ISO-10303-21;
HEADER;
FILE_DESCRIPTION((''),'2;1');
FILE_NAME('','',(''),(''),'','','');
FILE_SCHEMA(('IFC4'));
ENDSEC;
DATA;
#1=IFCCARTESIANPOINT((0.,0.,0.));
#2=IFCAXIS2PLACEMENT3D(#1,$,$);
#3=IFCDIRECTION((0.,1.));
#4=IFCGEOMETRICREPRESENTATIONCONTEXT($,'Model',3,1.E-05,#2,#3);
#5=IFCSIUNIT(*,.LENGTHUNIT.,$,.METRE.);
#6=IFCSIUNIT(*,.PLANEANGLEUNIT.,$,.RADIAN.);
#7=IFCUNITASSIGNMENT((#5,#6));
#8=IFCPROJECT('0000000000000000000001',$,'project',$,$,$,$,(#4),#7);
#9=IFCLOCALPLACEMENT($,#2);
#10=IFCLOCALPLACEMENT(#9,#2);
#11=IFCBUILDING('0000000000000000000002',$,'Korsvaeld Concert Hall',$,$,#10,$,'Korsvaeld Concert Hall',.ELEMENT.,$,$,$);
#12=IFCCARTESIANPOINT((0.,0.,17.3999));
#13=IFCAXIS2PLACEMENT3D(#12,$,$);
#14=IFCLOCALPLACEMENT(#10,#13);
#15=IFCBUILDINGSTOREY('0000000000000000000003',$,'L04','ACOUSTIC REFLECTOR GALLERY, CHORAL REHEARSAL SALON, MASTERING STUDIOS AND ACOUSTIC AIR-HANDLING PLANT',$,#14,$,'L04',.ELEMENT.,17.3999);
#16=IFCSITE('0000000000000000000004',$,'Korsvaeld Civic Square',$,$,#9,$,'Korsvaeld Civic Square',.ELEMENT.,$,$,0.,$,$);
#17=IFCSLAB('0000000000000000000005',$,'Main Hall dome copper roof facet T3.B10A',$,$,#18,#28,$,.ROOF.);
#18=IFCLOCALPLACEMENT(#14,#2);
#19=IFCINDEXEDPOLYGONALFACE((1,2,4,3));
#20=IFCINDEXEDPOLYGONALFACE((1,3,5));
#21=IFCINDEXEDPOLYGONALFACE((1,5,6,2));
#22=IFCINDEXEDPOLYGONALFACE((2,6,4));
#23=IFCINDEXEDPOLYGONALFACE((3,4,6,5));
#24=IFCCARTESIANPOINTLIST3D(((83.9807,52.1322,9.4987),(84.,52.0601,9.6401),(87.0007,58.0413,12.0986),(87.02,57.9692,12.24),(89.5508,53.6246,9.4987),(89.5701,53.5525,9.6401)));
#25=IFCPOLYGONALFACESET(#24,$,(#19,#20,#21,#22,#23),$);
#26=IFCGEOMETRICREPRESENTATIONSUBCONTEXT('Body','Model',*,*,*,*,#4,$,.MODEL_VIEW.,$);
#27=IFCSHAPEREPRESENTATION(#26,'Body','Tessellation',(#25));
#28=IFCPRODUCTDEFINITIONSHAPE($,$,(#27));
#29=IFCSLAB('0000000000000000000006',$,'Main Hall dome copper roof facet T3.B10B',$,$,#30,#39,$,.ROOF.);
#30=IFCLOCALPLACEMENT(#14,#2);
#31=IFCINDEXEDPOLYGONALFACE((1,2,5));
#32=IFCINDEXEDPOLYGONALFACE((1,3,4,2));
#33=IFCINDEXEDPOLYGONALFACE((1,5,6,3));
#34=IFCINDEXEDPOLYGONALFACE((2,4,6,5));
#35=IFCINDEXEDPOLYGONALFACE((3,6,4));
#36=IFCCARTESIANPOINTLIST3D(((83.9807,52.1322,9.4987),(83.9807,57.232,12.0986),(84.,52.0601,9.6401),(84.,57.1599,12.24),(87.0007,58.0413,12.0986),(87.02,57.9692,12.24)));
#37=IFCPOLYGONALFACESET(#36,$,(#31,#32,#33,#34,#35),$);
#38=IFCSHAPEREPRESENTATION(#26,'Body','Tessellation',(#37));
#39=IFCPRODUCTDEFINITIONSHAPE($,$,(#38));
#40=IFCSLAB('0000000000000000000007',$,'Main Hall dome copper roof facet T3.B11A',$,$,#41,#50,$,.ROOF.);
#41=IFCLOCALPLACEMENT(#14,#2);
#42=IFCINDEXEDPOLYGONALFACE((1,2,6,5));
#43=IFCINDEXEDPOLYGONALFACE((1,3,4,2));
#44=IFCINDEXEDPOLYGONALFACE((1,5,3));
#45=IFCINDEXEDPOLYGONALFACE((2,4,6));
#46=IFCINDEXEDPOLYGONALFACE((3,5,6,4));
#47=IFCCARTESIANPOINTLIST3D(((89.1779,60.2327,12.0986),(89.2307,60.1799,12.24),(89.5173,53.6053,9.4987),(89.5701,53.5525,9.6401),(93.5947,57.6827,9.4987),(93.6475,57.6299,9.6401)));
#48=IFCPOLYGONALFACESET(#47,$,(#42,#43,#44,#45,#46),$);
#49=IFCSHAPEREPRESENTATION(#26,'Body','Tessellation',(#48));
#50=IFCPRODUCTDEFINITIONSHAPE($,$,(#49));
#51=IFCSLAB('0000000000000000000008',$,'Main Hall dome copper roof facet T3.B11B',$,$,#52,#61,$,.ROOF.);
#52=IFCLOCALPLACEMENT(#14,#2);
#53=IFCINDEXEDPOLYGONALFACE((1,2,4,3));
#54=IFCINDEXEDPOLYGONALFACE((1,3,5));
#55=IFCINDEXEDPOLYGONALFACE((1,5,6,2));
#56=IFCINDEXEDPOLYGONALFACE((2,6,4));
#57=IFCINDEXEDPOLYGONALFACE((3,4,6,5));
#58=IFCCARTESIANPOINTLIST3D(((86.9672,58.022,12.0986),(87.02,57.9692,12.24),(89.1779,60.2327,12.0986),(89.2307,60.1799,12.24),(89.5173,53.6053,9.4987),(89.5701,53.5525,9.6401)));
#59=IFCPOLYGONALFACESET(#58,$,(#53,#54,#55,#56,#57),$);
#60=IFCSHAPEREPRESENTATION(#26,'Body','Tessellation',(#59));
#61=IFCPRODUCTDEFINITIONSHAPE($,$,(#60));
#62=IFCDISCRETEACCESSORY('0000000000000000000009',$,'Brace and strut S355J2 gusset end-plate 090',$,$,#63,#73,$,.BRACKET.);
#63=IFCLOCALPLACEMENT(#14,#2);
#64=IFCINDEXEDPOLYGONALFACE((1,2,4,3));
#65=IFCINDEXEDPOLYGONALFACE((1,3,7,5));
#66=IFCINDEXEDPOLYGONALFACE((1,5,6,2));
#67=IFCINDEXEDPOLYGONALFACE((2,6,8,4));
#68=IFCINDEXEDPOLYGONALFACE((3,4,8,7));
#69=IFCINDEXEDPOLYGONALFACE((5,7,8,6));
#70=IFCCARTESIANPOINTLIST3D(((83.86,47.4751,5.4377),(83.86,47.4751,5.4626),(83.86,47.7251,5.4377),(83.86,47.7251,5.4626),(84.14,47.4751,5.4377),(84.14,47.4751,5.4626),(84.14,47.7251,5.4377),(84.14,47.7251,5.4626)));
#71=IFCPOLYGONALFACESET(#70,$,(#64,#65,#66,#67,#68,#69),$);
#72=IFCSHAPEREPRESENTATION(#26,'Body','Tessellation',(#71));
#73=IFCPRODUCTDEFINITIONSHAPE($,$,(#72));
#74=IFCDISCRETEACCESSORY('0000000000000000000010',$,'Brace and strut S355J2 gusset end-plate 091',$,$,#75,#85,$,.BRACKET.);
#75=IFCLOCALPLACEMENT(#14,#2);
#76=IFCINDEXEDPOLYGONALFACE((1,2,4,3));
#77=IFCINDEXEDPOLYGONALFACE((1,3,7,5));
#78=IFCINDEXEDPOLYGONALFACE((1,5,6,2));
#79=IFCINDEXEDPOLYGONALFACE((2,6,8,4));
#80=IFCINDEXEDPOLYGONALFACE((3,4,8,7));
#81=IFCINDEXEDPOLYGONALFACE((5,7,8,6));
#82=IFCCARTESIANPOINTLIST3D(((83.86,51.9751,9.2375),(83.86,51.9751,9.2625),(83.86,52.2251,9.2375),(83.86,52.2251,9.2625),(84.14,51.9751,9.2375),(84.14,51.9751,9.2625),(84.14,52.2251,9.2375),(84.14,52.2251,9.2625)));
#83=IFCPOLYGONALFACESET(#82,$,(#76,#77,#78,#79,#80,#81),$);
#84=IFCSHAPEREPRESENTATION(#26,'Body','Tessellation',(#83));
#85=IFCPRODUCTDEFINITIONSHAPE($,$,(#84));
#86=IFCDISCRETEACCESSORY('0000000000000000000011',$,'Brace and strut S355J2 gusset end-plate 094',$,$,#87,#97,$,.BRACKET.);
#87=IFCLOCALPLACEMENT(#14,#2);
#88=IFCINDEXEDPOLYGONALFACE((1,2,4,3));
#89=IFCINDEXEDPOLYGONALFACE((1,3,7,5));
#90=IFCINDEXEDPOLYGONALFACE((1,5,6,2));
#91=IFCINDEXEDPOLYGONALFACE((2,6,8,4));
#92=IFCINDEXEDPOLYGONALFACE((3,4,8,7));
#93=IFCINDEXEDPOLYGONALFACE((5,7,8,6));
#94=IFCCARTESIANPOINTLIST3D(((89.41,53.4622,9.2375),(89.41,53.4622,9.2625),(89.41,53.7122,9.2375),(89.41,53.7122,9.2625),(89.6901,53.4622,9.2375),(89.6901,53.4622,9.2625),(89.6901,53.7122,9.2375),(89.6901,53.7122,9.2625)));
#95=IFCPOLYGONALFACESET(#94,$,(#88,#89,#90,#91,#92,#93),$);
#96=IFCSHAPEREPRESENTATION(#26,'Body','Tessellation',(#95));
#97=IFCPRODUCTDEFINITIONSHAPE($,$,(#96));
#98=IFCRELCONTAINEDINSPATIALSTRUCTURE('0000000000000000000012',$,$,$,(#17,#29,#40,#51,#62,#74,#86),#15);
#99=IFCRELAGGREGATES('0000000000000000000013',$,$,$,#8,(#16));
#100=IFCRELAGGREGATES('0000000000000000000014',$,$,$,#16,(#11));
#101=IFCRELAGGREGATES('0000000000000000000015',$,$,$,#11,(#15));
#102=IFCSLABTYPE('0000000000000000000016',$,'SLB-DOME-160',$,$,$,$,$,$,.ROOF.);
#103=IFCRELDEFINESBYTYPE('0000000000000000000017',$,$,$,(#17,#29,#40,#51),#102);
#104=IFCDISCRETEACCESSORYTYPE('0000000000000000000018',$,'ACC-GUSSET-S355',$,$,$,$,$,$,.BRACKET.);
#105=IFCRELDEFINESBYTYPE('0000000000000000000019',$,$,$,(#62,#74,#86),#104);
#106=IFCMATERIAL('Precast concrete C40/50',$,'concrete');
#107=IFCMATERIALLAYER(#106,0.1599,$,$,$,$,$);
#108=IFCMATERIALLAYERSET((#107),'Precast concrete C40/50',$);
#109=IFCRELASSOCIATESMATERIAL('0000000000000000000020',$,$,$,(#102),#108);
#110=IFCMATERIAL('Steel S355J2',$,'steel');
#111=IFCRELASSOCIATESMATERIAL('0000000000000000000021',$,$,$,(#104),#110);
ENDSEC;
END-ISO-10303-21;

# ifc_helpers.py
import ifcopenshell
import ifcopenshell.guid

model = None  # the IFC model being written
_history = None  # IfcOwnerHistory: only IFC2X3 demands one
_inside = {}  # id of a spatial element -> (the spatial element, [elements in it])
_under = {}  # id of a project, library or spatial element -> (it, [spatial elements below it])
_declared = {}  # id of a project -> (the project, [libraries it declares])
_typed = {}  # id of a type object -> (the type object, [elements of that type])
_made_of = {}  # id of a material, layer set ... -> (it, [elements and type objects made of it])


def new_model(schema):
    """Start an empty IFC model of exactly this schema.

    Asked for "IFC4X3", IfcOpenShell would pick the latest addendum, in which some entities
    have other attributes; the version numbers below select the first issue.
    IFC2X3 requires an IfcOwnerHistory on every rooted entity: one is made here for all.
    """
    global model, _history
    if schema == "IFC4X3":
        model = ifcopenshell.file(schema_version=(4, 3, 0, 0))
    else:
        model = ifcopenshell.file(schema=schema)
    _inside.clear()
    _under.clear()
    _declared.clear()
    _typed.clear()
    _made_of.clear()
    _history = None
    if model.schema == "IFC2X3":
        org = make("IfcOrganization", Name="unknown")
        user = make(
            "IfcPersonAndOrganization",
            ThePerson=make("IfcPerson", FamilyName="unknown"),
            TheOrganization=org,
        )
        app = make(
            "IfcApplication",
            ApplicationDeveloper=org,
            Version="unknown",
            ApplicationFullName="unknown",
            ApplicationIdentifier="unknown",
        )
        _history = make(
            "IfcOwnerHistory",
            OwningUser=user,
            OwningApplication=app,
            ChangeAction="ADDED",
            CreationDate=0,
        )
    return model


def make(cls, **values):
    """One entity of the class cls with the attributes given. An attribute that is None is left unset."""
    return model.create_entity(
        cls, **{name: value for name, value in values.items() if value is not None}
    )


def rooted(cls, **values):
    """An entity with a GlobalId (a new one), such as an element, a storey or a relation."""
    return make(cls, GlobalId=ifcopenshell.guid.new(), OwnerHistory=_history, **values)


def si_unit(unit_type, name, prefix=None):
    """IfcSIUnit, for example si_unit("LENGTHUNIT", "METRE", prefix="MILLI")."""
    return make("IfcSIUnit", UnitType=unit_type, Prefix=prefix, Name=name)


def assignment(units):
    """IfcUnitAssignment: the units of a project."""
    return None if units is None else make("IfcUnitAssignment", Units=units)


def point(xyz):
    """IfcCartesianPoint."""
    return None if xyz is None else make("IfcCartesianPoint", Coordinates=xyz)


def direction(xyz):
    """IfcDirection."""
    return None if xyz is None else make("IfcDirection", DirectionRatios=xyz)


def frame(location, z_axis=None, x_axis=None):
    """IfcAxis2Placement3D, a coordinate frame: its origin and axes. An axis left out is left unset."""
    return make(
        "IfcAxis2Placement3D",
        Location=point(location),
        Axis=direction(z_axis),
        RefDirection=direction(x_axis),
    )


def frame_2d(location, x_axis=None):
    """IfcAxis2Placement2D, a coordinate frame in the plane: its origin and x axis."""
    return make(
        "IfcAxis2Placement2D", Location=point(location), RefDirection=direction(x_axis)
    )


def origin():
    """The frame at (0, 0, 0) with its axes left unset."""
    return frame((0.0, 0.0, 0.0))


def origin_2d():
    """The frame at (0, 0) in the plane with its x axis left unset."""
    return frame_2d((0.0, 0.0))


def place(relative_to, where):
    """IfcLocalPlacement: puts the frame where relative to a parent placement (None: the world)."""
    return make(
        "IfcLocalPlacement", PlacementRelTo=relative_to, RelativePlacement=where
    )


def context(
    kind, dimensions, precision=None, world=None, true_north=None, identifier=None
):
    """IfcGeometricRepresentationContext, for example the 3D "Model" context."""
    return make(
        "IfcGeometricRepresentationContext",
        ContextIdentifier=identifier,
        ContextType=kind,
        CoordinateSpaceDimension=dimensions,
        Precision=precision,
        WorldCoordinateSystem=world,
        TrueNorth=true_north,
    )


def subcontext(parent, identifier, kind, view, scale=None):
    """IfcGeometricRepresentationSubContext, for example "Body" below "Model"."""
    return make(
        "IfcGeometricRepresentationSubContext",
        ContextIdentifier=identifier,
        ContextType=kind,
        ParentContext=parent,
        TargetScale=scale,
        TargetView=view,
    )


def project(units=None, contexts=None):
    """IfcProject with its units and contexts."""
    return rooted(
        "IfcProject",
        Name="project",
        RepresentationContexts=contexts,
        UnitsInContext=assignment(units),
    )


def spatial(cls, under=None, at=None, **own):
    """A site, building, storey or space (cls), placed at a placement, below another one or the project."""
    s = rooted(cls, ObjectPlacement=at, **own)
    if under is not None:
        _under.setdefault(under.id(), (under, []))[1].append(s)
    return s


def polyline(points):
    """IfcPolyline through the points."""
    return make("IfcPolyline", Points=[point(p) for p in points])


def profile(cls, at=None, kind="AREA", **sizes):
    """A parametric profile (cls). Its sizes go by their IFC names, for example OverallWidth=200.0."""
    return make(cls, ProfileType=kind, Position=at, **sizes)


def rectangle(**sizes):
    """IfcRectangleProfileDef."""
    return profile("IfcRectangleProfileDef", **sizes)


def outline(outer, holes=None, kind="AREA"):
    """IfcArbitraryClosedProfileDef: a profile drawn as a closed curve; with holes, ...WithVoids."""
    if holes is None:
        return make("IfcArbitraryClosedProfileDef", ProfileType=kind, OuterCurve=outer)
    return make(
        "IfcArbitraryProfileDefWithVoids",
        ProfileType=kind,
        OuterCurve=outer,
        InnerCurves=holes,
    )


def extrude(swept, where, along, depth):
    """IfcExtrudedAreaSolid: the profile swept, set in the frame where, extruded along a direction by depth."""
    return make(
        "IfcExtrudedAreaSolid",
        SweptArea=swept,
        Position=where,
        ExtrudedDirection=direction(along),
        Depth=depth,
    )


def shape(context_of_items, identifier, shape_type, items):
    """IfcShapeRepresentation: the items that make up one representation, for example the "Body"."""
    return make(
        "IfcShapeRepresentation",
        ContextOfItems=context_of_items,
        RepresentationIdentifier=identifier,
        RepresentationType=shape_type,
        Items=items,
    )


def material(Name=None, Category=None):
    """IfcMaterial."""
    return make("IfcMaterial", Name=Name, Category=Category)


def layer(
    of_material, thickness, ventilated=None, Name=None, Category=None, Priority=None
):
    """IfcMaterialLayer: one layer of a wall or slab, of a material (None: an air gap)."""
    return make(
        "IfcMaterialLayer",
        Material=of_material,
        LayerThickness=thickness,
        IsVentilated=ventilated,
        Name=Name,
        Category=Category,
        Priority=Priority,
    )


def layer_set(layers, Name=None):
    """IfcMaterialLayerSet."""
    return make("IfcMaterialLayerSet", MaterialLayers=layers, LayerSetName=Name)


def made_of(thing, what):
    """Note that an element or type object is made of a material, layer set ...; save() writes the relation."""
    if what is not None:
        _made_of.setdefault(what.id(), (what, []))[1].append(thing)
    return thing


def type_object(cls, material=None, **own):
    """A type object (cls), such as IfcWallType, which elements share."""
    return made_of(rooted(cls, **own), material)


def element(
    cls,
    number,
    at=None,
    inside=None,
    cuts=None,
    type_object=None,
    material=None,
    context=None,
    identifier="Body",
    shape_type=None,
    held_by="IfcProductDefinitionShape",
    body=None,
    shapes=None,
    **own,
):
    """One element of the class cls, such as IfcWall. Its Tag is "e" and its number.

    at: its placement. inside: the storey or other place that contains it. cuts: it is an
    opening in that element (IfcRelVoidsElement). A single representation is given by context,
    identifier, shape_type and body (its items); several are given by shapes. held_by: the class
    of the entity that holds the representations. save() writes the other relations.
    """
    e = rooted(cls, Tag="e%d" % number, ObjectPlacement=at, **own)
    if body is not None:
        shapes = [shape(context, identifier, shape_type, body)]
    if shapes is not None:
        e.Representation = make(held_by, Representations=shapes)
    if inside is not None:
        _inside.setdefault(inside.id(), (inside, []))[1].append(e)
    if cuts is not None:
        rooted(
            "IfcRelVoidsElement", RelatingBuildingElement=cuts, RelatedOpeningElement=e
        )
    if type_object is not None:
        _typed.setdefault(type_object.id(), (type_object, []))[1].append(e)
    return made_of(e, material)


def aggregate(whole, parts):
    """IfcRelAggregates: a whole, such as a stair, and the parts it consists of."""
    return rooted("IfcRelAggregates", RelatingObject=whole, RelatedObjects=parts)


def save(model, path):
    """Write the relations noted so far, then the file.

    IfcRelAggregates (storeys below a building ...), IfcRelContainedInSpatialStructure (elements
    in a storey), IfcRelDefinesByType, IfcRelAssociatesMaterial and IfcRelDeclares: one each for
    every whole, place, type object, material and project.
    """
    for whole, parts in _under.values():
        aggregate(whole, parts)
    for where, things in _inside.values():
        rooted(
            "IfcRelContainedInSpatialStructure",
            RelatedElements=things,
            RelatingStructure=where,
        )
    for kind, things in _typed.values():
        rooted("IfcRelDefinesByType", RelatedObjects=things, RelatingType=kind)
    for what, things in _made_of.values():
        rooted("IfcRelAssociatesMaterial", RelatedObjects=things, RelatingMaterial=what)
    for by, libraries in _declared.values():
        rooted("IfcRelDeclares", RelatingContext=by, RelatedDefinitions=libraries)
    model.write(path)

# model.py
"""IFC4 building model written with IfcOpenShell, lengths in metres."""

from ifc_helpers import new_model, si_unit, direction, frame, origin, origin_2d, place, context, subcontext, project, spatial, polyline, rectangle, outline, extrude, material, layer, layer_set, type_object, element, save


model = new_model("IFC4")

# Units and contexts
model_context = context("Model", 3, precision=1e-05, world=origin(), true_north=direction((0.0, 1.0)))
body_context = subcontext(model_context, "Body", "Model", "MODEL_VIEW")
ifc_project = project(units=[si_unit("LENGTHUNIT", "METRE"), si_unit("PLANEANGLEUNIT", "RADIAN")], contexts=[model_context])

# Site, building, storey
site_placement = place(None, origin())
site = spatial("IfcSite", under=ifc_project, at=site_placement, Name="Korsvaeld Civic Square", LongName="Korsvaeld Civic Square", CompositionType="ELEMENT", RefElevation=0.0)
building_placement = place(site_placement, origin())
building = spatial("IfcBuilding", under=site, at=building_placement, Name="Korsvaeld Concert Hall", LongName="Korsvaeld Concert Hall", CompositionType="ELEMENT")
storey_placement = place(building_placement, frame((0.0, 0.0, 17.3999)))
storey = spatial("IfcBuildingStorey", under=building, at=storey_placement, Name="L04", Description="ACOUSTIC REFLECTOR GALLERY, CHORAL REHEARSAL SALON, MASTERING STUDIOS AND ACOUSTIC AIR-HANDLING PLANT", LongName="L04", CompositionType="ELEMENT", Elevation=17.3999)

# Shared definitions
ifc_material_1 = material(Name="Steel S355J2", Category="steel")

# Slabs
ifc_material_2 = material(Name="Precast concrete C40/50", Category="concrete")
ifc_layer = layer(ifc_material_2, 0.1599)
ifc_layer_set = layer_set([ifc_layer], Name="Precast concrete C40/50")
slab_type = type_object("IfcSlabType", Name="SLB-DOME-160", PredefinedType="ROOF", material=ifc_layer_set)
slab_1_placement = place(storey_placement, frame((84.0, 52.0601, 9.6401), z_axis=(0.120797, -0.450841, 0.884393), x_axis=(0.965929, 0.258809, 0.0)))
element("IfcSlab", 1, at=slab_1_placement, inside=storey, type_object=slab_type, Name="Main Hall dome copper roof facet T3.B10A", PredefinedType="ROOF", context=body_context, shape_type="SweptSolid", body=[
    extrude(outline(polyline([(0.0, 0.0), (5.7665, 0.0), (4.4465, 5.5702), (0.0, 0.0)])), origin(), (0.0, 0.0, -1.0), 0.1599),
])
slab_2_placement = place(storey_placement, frame((84.0, 52.0601, 9.6401), z_axis=(0.120822, -0.45085, 0.884385), x_axis=(0.423727, 0.829093, 0.364775)))
element("IfcSlab", 2, at=slab_2_placement, inside=storey, type_object=slab_type, Name="Main Hall dome copper roof facet T3.B10B", PredefinedType="ROOF", context=body_context, shape_type="SweptSolid", body=[
    extrude(outline(polyline([(0.0, 0.0), (7.1273, 0.0), (5.1766, 2.4434), (0.0, 0.0)])), origin(), (0.0, 0.0, -1.0), 0.1599),
])
slab_3_placement = place(storey_placement, frame((89.5701, 53.5525, 9.6401), z_axis=(0.330036, -0.330036, 0.884394), x_axis=(0.707107, 0.707107, 0.0)))
element("IfcSlab", 3, at=slab_3_placement, inside=storey, type_object=slab_type, Name="Main Hall dome copper roof facet T3.B11A", PredefinedType="ROOF", context=body_context, shape_type="SweptSolid", body=[
    extrude(outline(polyline([(0.0, 0.0), (5.7663, 0.0), (4.4463, 5.5702), (0.0, 0.0)])), origin(), (0.0, 0.0, -1.0), 0.1599),
])
slab_4_placement = place(storey_placement, frame((89.5701, 53.5525, 9.6401), z_axis=(0.330036, -0.330036, 0.884394), x_axis=(-0.047614, 0.929876, 0.364778)))
element("IfcSlab", 4, at=slab_4_placement, inside=storey, type_object=slab_type, Name="Main Hall dome copper roof facet T3.B11B", PredefinedType="ROOF", context=body_context, shape_type="SweptSolid", body=[
    extrude(outline(polyline([(0.0, 0.0), (7.1272, 0.0), (5.1768, 2.4434), (0.0, 0.0)])), origin(), (0.0, 0.0, -1.0), 0.1599),
])

# Discrete accessories
discrete_accessory_type = type_object("IfcDiscreteAccessoryType", Name="ACC-GUSSET-S355", PredefinedType="BRACKET", material=ifc_material_1)
for number, where, z_axis, x_axis, name in (
    (5, (84.0, 47.6001, 5.4377), (0.0, 0.0, 1.0), (1.0, 0.0, 0.0), "Brace and strut S355J2 gusset end-plate 090"),
    (6, (84.0, 52.1001, 9.2375), (0.0, 0.0, 1.0), (1.0, 0.0, 0.0), "Brace and strut S355J2 gusset end-plate 091"),
    (7, (89.55, 53.5872, 9.2375), (0.0, 0.0, 1.0), (1.0, 0.0, 0.0), "Brace and strut S355J2 gusset end-plate 094"),
):
    element("IfcDiscreteAccessory", number, at=place(storey_placement, frame(where, z_axis=z_axis, x_axis=x_axis)), inside=storey, type_object=discrete_accessory_type, Name=name, PredefinedType="BRACKET", context=body_context, shape_type="SweptSolid", body=[
        extrude(rectangle(XDim=0.28, YDim=0.25, at=origin_2d()), origin(), (0.0, 0.0, 1.0), 0.0249),
    ])

save(model, "model.ifc")
